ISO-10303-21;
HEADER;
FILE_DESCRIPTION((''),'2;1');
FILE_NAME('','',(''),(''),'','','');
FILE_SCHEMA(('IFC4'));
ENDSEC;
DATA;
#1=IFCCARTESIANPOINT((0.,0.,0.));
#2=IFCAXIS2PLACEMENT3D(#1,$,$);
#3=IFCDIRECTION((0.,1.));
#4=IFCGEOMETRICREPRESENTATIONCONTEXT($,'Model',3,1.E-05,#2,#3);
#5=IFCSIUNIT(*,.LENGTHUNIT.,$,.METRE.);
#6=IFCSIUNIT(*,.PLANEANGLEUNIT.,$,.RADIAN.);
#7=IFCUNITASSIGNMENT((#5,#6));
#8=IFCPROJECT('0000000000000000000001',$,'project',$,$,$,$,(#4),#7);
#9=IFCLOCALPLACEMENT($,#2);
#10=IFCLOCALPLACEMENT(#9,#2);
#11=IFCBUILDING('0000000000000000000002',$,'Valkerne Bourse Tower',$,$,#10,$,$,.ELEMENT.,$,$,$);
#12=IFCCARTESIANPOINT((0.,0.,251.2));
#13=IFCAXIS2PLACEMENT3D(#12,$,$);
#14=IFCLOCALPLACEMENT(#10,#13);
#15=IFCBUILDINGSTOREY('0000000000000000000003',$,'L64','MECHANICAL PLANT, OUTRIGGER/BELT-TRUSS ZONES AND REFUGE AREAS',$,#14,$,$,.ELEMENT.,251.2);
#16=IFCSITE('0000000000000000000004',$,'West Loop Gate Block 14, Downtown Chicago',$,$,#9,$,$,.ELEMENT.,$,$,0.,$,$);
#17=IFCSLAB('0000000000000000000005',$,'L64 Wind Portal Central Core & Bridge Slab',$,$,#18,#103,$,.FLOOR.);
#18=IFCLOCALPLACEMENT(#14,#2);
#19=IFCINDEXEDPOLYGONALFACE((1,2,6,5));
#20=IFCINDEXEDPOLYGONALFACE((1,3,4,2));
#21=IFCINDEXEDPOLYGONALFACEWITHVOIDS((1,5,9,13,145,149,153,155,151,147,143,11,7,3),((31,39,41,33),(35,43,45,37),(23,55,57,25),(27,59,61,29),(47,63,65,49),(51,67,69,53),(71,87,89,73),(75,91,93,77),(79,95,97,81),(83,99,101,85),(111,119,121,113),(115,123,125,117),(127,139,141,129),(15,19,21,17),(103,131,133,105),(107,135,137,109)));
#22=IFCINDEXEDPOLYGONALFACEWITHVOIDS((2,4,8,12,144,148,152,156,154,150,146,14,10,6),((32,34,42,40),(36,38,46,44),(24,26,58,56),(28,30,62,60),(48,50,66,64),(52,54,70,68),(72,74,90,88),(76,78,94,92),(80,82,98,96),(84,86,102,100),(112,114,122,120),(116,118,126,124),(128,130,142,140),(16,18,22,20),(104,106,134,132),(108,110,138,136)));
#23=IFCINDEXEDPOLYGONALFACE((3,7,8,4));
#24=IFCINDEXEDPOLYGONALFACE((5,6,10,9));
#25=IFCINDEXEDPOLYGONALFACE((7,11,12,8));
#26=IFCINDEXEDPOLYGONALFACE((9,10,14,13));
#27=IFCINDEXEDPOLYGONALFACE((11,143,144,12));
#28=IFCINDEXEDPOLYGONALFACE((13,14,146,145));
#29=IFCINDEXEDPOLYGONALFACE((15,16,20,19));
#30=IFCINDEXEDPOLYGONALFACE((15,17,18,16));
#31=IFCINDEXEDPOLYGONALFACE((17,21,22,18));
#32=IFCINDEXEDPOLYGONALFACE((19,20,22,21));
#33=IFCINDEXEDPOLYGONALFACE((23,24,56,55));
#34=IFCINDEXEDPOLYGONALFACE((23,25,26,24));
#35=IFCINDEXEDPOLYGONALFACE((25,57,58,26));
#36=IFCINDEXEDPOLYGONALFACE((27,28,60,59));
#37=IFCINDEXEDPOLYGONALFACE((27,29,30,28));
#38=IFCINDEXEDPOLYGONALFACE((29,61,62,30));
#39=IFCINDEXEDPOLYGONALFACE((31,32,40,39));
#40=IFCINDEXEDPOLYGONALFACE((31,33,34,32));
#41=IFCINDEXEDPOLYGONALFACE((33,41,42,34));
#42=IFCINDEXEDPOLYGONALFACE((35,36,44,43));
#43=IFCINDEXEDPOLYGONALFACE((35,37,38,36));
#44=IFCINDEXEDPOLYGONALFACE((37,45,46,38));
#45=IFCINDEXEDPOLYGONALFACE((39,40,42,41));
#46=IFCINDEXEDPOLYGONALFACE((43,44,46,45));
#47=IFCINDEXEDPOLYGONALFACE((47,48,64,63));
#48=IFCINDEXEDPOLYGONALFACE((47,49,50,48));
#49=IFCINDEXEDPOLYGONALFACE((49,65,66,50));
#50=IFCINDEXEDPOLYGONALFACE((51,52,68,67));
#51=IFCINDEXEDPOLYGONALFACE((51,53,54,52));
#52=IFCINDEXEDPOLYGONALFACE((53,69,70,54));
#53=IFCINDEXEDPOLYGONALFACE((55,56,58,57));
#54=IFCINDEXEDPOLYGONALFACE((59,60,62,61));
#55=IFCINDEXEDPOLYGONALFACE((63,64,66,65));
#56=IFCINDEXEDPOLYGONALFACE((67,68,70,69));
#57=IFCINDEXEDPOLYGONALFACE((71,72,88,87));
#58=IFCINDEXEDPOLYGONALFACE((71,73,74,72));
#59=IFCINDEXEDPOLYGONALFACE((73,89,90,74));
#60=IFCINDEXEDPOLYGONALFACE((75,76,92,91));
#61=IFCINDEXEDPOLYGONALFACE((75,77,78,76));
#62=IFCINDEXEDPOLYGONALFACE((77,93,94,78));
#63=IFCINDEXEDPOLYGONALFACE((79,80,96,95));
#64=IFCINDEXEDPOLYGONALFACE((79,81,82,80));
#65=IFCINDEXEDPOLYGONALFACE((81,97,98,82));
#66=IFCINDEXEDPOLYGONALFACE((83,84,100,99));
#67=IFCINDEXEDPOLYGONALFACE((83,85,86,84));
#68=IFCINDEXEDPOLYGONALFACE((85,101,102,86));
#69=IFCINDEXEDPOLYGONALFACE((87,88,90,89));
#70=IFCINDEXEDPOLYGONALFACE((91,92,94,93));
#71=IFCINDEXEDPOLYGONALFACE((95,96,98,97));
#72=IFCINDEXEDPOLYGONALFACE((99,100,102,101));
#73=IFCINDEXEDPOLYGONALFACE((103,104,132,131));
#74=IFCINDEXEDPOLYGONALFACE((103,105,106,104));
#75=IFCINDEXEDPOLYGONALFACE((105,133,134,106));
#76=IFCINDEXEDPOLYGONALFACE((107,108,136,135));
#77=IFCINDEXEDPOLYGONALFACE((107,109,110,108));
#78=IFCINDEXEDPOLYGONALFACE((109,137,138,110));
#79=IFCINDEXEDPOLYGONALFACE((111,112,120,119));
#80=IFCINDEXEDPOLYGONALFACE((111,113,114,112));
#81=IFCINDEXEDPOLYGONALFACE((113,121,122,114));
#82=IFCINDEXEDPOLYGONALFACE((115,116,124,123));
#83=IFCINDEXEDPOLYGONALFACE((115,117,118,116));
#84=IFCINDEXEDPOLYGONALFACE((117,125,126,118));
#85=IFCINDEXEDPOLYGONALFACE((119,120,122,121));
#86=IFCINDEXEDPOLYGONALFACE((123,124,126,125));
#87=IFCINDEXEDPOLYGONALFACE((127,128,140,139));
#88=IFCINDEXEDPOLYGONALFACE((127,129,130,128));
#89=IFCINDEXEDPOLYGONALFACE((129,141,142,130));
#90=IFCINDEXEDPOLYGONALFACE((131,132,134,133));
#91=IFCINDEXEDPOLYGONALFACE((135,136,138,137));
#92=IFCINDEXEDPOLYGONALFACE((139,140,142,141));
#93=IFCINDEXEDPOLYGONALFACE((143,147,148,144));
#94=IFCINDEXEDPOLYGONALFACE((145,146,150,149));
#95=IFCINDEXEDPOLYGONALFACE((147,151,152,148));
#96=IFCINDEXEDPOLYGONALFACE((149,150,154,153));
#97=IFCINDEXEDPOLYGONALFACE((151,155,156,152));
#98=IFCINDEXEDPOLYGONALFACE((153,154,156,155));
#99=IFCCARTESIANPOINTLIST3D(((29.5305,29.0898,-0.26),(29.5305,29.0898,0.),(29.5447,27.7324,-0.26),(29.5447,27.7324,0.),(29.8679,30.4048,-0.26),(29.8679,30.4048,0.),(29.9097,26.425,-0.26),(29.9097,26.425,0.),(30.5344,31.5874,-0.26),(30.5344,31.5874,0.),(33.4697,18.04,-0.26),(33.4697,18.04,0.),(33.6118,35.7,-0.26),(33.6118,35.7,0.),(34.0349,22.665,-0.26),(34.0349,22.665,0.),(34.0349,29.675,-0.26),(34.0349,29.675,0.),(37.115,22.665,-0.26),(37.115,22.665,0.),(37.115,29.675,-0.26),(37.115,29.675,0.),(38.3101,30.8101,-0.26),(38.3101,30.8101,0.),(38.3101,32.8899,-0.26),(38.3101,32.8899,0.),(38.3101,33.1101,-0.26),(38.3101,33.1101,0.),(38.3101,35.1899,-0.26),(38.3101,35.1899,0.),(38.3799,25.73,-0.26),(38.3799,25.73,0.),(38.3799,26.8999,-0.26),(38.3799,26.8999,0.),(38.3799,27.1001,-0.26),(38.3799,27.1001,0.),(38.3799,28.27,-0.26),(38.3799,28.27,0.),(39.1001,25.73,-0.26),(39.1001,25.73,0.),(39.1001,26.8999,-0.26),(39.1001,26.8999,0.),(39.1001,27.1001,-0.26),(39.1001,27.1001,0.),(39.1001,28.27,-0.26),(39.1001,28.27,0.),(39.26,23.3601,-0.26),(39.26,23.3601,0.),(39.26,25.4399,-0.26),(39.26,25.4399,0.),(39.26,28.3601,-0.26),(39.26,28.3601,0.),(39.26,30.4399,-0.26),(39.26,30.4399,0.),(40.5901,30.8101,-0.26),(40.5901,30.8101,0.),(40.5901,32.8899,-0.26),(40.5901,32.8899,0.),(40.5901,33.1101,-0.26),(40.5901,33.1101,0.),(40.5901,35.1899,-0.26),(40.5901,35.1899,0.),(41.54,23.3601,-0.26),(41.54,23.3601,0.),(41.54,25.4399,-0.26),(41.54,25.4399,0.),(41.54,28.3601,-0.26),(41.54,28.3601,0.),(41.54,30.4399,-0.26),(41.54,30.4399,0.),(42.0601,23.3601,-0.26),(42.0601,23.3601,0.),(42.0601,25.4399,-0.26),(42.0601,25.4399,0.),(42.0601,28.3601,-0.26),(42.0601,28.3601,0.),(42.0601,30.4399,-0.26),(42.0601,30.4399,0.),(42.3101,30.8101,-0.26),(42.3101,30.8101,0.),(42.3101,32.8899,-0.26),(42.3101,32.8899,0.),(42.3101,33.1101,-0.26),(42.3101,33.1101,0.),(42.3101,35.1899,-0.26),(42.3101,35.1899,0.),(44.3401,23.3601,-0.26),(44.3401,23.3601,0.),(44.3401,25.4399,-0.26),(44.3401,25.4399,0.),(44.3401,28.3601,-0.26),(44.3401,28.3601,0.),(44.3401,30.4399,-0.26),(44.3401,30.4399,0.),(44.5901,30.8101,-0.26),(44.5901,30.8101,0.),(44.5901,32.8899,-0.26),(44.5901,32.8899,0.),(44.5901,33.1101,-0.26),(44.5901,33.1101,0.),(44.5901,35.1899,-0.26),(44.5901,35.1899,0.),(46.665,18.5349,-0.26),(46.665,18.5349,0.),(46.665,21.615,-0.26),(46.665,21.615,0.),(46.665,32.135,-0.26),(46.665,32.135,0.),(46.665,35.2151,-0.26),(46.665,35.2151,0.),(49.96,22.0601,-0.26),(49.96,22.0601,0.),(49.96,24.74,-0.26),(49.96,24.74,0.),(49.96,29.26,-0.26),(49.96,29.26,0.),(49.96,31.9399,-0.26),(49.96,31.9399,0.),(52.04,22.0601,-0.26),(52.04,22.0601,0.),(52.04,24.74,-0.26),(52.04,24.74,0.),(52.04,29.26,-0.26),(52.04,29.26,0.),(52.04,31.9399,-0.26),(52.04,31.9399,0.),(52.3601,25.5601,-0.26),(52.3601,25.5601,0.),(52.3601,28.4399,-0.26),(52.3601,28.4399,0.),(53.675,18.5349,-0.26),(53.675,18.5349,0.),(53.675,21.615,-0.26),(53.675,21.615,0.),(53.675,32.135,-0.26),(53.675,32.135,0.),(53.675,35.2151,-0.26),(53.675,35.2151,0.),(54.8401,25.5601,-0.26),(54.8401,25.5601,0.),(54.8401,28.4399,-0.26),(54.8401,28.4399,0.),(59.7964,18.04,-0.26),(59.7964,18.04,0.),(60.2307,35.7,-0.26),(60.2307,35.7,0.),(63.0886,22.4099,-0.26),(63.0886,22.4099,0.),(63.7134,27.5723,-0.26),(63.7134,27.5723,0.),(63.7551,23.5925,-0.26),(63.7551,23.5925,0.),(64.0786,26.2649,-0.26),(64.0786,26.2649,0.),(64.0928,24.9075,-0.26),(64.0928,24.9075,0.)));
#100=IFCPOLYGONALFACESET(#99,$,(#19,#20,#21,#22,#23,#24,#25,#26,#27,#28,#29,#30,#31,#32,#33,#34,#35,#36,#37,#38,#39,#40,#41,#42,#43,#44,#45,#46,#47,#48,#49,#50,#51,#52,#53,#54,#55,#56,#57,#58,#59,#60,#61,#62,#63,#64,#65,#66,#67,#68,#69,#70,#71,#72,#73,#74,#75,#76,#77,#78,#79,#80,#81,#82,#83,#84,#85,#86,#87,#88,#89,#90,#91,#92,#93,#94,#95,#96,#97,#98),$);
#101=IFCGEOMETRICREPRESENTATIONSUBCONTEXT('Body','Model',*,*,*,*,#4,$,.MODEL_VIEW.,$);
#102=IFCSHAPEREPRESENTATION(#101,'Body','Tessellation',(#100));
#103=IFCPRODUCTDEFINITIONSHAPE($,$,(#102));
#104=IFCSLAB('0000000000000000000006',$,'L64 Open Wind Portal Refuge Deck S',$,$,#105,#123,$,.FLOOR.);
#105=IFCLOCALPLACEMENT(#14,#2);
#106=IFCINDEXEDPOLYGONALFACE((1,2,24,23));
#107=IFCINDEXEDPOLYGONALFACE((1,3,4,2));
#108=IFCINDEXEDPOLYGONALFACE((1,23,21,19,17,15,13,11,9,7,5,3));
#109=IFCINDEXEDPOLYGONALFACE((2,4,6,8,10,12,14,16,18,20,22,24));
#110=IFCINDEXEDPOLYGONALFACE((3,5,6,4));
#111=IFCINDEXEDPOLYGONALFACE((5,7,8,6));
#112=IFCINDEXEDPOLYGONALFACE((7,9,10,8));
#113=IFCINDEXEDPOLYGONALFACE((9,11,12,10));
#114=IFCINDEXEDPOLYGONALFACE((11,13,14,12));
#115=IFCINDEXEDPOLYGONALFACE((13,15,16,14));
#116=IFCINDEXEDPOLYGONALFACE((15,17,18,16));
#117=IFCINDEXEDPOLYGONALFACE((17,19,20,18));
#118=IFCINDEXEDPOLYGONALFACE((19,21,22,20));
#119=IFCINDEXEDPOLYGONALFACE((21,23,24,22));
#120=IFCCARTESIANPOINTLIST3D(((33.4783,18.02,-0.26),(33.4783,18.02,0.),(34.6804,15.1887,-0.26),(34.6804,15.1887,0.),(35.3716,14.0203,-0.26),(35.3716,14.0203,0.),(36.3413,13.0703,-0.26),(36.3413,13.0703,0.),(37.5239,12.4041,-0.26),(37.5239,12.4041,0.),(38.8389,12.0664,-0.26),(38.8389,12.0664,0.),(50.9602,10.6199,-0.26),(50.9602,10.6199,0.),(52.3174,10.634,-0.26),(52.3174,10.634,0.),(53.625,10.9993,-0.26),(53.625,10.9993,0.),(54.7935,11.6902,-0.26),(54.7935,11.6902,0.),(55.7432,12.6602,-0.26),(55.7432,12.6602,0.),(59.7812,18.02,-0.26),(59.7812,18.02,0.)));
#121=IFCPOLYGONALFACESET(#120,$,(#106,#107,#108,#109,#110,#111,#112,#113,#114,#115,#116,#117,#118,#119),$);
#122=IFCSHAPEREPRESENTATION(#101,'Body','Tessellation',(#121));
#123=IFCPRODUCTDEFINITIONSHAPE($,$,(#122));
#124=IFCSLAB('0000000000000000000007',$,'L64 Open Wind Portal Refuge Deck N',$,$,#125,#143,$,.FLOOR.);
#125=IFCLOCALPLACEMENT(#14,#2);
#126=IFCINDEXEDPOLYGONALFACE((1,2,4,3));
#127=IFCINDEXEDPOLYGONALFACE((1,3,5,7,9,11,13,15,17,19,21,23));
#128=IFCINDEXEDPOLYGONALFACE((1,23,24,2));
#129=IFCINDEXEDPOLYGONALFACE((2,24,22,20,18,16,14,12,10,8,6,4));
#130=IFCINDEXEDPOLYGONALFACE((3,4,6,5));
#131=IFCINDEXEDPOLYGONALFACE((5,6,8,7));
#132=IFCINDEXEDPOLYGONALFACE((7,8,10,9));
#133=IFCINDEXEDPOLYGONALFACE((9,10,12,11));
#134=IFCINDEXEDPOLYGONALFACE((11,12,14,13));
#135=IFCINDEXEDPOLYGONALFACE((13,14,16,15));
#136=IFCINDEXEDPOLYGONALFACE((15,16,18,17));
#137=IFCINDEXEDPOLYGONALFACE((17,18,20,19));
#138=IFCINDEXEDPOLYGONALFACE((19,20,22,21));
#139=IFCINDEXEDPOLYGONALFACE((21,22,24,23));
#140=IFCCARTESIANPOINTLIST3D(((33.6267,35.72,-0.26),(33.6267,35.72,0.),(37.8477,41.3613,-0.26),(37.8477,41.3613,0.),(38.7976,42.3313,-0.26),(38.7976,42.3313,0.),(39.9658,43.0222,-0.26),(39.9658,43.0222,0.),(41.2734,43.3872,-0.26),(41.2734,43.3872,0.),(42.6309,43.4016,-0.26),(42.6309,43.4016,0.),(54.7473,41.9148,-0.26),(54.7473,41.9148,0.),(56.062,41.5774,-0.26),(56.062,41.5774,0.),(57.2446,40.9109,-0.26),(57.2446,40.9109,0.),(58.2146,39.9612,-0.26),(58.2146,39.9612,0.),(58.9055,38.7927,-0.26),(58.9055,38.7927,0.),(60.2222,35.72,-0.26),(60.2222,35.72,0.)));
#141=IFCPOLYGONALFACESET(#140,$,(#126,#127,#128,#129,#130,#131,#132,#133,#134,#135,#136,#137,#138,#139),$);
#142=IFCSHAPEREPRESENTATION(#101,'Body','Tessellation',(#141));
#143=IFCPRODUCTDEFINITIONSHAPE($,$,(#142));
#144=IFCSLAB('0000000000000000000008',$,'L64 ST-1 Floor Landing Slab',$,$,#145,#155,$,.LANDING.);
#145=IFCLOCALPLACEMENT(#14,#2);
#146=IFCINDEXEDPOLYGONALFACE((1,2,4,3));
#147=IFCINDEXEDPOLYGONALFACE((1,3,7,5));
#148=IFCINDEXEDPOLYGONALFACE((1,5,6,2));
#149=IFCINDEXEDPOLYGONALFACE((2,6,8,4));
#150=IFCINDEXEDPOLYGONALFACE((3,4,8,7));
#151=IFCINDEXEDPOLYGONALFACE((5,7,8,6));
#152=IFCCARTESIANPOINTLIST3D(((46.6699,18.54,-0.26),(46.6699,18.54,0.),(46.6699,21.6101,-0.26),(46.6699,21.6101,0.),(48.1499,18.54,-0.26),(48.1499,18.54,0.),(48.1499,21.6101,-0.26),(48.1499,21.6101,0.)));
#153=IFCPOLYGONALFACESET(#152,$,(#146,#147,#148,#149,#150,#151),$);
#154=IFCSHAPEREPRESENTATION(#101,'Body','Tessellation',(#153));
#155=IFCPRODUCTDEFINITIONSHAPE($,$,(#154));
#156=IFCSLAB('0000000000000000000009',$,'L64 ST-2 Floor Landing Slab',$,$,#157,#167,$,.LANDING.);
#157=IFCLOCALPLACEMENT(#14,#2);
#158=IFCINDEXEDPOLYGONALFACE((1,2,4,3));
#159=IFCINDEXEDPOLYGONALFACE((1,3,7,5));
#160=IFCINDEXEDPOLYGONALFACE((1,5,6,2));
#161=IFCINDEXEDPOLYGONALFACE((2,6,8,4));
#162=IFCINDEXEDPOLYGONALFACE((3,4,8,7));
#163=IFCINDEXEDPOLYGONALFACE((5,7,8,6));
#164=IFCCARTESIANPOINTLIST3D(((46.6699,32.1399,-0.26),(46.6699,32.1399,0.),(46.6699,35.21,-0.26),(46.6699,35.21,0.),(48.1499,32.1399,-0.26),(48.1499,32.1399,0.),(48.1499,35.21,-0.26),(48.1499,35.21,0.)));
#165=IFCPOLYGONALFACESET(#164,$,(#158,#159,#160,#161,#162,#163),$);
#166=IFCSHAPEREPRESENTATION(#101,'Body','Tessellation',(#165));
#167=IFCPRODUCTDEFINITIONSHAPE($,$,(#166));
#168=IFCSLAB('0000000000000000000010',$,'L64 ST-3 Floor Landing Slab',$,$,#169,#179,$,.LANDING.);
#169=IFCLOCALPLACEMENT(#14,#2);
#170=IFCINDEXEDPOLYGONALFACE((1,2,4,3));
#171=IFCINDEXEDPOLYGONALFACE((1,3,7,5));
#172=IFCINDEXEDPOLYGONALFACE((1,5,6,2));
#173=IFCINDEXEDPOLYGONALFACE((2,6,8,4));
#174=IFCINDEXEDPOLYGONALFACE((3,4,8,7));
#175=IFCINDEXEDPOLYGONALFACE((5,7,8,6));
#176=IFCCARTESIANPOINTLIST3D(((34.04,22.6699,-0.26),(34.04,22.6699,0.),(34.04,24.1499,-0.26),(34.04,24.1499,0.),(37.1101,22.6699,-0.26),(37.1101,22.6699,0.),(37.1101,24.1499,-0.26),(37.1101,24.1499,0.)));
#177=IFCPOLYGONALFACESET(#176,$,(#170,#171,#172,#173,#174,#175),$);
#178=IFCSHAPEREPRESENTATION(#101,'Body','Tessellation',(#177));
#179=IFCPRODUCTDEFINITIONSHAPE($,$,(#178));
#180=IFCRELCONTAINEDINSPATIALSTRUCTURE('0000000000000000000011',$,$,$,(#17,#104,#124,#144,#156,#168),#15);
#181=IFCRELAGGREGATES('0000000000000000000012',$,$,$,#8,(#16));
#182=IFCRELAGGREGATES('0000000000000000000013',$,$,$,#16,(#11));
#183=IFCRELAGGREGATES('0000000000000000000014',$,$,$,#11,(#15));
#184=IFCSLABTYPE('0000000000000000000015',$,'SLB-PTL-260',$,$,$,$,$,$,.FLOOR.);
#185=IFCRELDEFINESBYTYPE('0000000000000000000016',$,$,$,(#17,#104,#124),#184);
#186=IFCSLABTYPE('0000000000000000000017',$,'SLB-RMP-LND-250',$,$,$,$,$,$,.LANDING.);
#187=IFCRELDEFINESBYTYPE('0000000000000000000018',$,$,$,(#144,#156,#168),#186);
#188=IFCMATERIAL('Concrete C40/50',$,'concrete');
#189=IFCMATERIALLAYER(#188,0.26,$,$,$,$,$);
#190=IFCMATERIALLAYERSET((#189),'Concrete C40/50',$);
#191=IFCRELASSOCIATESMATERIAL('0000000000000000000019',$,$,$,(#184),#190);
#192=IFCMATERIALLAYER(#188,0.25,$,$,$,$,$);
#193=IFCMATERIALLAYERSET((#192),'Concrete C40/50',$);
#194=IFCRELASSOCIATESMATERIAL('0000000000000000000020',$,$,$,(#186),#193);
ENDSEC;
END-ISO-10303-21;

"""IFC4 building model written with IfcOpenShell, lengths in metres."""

from ifc_helpers import new_model, si_unit, direction, frame, origin, place, context, subcontext, project, spatial, polyline, outline, extrude, material, layer, layer_set, type_object, element, save


model = new_model("IFC4")

# Units and contexts
model_context = context("Model", 3, precision=1e-05, world=origin(), true_north=direction((0.0, 1.0)))
body_context = subcontext(model_context, "Body", "Model", "MODEL_VIEW")
ifc_project = project(units=[si_unit("LENGTHUNIT", "METRE"), si_unit("PLANEANGLEUNIT", "RADIAN")], contexts=[model_context])

# Site, building, storey
site_placement = place(None, origin())
site = spatial("IfcSite", under=ifc_project, at=site_placement, Name="West Loop Gate Block 14, Downtown Chicago", CompositionType="ELEMENT", RefElevation=0.0)
building_placement = place(site_placement, origin())
building = spatial("IfcBuilding", under=site, at=building_placement, Name="Valkerne Bourse Tower", CompositionType="ELEMENT")
storey_placement = place(building_placement, frame((0.0, 0.0, 251.2)))
storey = spatial("IfcBuildingStorey", under=building, at=storey_placement, Name="L64", Description="MECHANICAL PLANT, OUTRIGGER/BELT-TRUSS ZONES AND REFUGE AREAS", CompositionType="ELEMENT", Elevation=251.2)

# Slabs
ifc_material_1 = material(Name="Concrete C40/50", Category="concrete")
ifc_layer_1 = layer(ifc_material_1, 0.26)
ifc_layer_set_1 = layer_set([ifc_layer_1], Name="Concrete C40/50")
slab_type_1 = type_object("IfcSlabType", Name="SLB-PTL-260", PredefinedType="FLOOR", material=ifc_layer_set_1)
slab_1_placement = place(storey_placement, frame((0.0, 0.0, -0.26)))
element("IfcSlab", 1, at=slab_1_placement, inside=storey, type_object=slab_type_1, Name="L64 Wind Portal Central Core & Bridge Slab", PredefinedType="FLOOR", context=body_context, shape_type="SweptSolid", body=[
    extrude(outline(polyline([(60.2307, 35.7), (63.7134, 27.5723), (64.0786, 26.2649), (64.0928, 24.9075), (63.7551, 23.5925), (63.0886, 22.4099), (59.7964, 18.04), (33.4697, 18.04), (29.9097, 26.425), (29.5447, 27.7324), (29.5305, 29.0898), (29.8679, 30.4048), (30.5344, 31.5874), (33.6118, 35.7), (60.2307, 35.7)]), holes=[polyline([(34.0349, 22.665), (34.0349, 29.675), (37.115, 29.675), (37.115, 22.665), (34.0349, 22.665)]), polyline([(38.3101, 32.8899), (40.5901, 32.8899), (40.5901, 30.8101), (38.3101, 30.8101), (38.3101, 32.8899)]), polyline([(38.3101, 35.1899), (40.5901, 35.1899), (40.5901, 33.1101), (38.3101, 33.1101), (38.3101, 35.1899)]), polyline([(38.3799, 26.8999), (39.1001, 26.8999), (39.1001, 25.73), (38.3799, 25.73), (38.3799, 26.8999)]), polyline([(38.3799, 28.27), (39.1001, 28.27), (39.1001, 27.1001), (38.3799, 27.1001), (38.3799, 28.27)]), polyline([(39.26, 25.4399), (41.54, 25.4399), (41.54, 23.3601), (39.26, 23.3601), (39.26, 25.4399)]), polyline([(39.26, 30.4399), (41.54, 30.4399), (41.54, 28.3601), (39.26, 28.3601), (39.26, 30.4399)]), polyline([(42.0601, 25.4399), (44.3401, 25.4399), (44.3401, 23.3601), (42.0601, 23.3601), (42.0601, 25.4399)]), polyline([(42.0601, 30.4399), (44.3401, 30.4399), (44.3401, 28.3601), (42.0601, 28.3601), (42.0601, 30.4399)]), polyline([(42.3101, 32.8899), (44.5901, 32.8899), (44.5901, 30.8101), (42.3101, 30.8101), (42.3101, 32.8899)]), polyline([(42.3101, 35.1899), (44.5901, 35.1899), (44.5901, 33.1101), (42.3101, 33.1101), (42.3101, 35.1899)]), polyline([(46.665, 21.615), (53.675, 21.615), (53.675, 18.5349), (46.665, 18.5349), (46.665, 21.615)]), polyline([(46.665, 35.2151), (53.675, 35.2151), (53.675, 32.135), (46.665, 32.135), (46.665, 35.2151)]), polyline([(49.96, 24.74), (52.04, 24.74), (52.04, 22.0601), (49.96, 22.0601), (49.96, 24.74)]), polyline([(49.96, 31.9399), (52.04, 31.9399), (52.04, 29.26), (49.96, 29.26), (49.96, 31.9399)]), polyline([(52.3601, 28.4399), (54.8401, 28.4399), (54.8401, 25.5601), (52.3601, 25.5601), (52.3601, 28.4399)])]), origin(), (0.0, 0.0, 1.0), 0.26),
])
slab_2_placement = place(storey_placement, frame((0.0, 0.0, -0.26)))
element("IfcSlab", 2, at=slab_2_placement, inside=storey, type_object=slab_type_1, Name="L64 Open Wind Portal Refuge Deck S", PredefinedType="FLOOR", context=body_context, shape_type="SweptSolid", body=[
    extrude(outline(polyline([(55.7432, 12.6602), (54.7935, 11.6902), (53.625, 10.9993), (52.3174, 10.634), (50.9602, 10.6199), (38.8389, 12.0664), (37.5239, 12.4041), (36.3413, 13.0703), (35.3716, 14.0203), (34.6804, 15.1887), (33.4783, 18.02), (59.7812, 18.02), (55.7432, 12.6602)])), origin(), (0.0, 0.0, 1.0), 0.26),
])
slab_3_placement = place(storey_placement, frame((0.0, 0.0, -0.26)))
element("IfcSlab", 3, at=slab_3_placement, inside=storey, type_object=slab_type_1, Name="L64 Open Wind Portal Refuge Deck N", PredefinedType="FLOOR", context=body_context, shape_type="SweptSolid", body=[
    extrude(outline(polyline([(37.8477, 41.3613), (38.7976, 42.3313), (39.9658, 43.0222), (41.2734, 43.3872), (42.6309, 43.4016), (54.7473, 41.9148), (56.062, 41.5774), (57.2446, 40.9109), (58.2146, 39.9612), (58.9055, 38.7927), (60.2222, 35.72), (33.6267, 35.72), (37.8477, 41.3613)])), origin(), (0.0, 0.0, 1.0), 0.26),
])
ifc_layer_2 = layer(ifc_material_1, 0.25)
ifc_layer_set_2 = layer_set([ifc_layer_2], Name="Concrete C40/50")
slab_type_2 = type_object("IfcSlabType", Name="SLB-RMP-LND-250", PredefinedType="LANDING", material=ifc_layer_set_2)
slab_4_placement = place(storey_placement, frame((0.0, 0.0, -0.26)))
element("IfcSlab", 4, at=slab_4_placement, inside=storey, type_object=slab_type_2, Name="L64 ST-1 Floor Landing Slab", PredefinedType="LANDING", context=body_context, shape_type="SweptSolid", body=[
    extrude(outline(polyline([(46.6699, 18.54), (48.1499, 18.54), (48.1499, 21.6101), (46.6699, 21.6101), (46.6699, 18.54)])), origin(), (0.0, 0.0, 1.0), 0.26),
])
slab_5_placement = place(storey_placement, frame((0.0, 0.0, -0.26)))
element("IfcSlab", 5, at=slab_5_placement, inside=storey, type_object=slab_type_2, Name="L64 ST-2 Floor Landing Slab", PredefinedType="LANDING", context=body_context, shape_type="SweptSolid", body=[
    extrude(outline(polyline([(46.6699, 32.1399), (48.1499, 32.1399), (48.1499, 35.21), (46.6699, 35.21), (46.6699, 32.1399)])), origin(), (0.0, 0.0, 1.0), 0.26),
])
slab_6_placement = place(storey_placement, frame((0.0, 0.0, -0.26)))
element("IfcSlab", 6, at=slab_6_placement, inside=storey, type_object=slab_type_2, Name="L64 ST-3 Floor Landing Slab", PredefinedType="LANDING", context=body_context, shape_type="SweptSolid", body=[
    extrude(outline(polyline([(37.1101, 22.6699), (37.1101, 24.1499), (34.04, 24.1499), (34.04, 22.6699), (37.1101, 22.6699)])), origin(), (0.0, 0.0, 1.0), 0.26),
])

save(model, "model.ifc")
